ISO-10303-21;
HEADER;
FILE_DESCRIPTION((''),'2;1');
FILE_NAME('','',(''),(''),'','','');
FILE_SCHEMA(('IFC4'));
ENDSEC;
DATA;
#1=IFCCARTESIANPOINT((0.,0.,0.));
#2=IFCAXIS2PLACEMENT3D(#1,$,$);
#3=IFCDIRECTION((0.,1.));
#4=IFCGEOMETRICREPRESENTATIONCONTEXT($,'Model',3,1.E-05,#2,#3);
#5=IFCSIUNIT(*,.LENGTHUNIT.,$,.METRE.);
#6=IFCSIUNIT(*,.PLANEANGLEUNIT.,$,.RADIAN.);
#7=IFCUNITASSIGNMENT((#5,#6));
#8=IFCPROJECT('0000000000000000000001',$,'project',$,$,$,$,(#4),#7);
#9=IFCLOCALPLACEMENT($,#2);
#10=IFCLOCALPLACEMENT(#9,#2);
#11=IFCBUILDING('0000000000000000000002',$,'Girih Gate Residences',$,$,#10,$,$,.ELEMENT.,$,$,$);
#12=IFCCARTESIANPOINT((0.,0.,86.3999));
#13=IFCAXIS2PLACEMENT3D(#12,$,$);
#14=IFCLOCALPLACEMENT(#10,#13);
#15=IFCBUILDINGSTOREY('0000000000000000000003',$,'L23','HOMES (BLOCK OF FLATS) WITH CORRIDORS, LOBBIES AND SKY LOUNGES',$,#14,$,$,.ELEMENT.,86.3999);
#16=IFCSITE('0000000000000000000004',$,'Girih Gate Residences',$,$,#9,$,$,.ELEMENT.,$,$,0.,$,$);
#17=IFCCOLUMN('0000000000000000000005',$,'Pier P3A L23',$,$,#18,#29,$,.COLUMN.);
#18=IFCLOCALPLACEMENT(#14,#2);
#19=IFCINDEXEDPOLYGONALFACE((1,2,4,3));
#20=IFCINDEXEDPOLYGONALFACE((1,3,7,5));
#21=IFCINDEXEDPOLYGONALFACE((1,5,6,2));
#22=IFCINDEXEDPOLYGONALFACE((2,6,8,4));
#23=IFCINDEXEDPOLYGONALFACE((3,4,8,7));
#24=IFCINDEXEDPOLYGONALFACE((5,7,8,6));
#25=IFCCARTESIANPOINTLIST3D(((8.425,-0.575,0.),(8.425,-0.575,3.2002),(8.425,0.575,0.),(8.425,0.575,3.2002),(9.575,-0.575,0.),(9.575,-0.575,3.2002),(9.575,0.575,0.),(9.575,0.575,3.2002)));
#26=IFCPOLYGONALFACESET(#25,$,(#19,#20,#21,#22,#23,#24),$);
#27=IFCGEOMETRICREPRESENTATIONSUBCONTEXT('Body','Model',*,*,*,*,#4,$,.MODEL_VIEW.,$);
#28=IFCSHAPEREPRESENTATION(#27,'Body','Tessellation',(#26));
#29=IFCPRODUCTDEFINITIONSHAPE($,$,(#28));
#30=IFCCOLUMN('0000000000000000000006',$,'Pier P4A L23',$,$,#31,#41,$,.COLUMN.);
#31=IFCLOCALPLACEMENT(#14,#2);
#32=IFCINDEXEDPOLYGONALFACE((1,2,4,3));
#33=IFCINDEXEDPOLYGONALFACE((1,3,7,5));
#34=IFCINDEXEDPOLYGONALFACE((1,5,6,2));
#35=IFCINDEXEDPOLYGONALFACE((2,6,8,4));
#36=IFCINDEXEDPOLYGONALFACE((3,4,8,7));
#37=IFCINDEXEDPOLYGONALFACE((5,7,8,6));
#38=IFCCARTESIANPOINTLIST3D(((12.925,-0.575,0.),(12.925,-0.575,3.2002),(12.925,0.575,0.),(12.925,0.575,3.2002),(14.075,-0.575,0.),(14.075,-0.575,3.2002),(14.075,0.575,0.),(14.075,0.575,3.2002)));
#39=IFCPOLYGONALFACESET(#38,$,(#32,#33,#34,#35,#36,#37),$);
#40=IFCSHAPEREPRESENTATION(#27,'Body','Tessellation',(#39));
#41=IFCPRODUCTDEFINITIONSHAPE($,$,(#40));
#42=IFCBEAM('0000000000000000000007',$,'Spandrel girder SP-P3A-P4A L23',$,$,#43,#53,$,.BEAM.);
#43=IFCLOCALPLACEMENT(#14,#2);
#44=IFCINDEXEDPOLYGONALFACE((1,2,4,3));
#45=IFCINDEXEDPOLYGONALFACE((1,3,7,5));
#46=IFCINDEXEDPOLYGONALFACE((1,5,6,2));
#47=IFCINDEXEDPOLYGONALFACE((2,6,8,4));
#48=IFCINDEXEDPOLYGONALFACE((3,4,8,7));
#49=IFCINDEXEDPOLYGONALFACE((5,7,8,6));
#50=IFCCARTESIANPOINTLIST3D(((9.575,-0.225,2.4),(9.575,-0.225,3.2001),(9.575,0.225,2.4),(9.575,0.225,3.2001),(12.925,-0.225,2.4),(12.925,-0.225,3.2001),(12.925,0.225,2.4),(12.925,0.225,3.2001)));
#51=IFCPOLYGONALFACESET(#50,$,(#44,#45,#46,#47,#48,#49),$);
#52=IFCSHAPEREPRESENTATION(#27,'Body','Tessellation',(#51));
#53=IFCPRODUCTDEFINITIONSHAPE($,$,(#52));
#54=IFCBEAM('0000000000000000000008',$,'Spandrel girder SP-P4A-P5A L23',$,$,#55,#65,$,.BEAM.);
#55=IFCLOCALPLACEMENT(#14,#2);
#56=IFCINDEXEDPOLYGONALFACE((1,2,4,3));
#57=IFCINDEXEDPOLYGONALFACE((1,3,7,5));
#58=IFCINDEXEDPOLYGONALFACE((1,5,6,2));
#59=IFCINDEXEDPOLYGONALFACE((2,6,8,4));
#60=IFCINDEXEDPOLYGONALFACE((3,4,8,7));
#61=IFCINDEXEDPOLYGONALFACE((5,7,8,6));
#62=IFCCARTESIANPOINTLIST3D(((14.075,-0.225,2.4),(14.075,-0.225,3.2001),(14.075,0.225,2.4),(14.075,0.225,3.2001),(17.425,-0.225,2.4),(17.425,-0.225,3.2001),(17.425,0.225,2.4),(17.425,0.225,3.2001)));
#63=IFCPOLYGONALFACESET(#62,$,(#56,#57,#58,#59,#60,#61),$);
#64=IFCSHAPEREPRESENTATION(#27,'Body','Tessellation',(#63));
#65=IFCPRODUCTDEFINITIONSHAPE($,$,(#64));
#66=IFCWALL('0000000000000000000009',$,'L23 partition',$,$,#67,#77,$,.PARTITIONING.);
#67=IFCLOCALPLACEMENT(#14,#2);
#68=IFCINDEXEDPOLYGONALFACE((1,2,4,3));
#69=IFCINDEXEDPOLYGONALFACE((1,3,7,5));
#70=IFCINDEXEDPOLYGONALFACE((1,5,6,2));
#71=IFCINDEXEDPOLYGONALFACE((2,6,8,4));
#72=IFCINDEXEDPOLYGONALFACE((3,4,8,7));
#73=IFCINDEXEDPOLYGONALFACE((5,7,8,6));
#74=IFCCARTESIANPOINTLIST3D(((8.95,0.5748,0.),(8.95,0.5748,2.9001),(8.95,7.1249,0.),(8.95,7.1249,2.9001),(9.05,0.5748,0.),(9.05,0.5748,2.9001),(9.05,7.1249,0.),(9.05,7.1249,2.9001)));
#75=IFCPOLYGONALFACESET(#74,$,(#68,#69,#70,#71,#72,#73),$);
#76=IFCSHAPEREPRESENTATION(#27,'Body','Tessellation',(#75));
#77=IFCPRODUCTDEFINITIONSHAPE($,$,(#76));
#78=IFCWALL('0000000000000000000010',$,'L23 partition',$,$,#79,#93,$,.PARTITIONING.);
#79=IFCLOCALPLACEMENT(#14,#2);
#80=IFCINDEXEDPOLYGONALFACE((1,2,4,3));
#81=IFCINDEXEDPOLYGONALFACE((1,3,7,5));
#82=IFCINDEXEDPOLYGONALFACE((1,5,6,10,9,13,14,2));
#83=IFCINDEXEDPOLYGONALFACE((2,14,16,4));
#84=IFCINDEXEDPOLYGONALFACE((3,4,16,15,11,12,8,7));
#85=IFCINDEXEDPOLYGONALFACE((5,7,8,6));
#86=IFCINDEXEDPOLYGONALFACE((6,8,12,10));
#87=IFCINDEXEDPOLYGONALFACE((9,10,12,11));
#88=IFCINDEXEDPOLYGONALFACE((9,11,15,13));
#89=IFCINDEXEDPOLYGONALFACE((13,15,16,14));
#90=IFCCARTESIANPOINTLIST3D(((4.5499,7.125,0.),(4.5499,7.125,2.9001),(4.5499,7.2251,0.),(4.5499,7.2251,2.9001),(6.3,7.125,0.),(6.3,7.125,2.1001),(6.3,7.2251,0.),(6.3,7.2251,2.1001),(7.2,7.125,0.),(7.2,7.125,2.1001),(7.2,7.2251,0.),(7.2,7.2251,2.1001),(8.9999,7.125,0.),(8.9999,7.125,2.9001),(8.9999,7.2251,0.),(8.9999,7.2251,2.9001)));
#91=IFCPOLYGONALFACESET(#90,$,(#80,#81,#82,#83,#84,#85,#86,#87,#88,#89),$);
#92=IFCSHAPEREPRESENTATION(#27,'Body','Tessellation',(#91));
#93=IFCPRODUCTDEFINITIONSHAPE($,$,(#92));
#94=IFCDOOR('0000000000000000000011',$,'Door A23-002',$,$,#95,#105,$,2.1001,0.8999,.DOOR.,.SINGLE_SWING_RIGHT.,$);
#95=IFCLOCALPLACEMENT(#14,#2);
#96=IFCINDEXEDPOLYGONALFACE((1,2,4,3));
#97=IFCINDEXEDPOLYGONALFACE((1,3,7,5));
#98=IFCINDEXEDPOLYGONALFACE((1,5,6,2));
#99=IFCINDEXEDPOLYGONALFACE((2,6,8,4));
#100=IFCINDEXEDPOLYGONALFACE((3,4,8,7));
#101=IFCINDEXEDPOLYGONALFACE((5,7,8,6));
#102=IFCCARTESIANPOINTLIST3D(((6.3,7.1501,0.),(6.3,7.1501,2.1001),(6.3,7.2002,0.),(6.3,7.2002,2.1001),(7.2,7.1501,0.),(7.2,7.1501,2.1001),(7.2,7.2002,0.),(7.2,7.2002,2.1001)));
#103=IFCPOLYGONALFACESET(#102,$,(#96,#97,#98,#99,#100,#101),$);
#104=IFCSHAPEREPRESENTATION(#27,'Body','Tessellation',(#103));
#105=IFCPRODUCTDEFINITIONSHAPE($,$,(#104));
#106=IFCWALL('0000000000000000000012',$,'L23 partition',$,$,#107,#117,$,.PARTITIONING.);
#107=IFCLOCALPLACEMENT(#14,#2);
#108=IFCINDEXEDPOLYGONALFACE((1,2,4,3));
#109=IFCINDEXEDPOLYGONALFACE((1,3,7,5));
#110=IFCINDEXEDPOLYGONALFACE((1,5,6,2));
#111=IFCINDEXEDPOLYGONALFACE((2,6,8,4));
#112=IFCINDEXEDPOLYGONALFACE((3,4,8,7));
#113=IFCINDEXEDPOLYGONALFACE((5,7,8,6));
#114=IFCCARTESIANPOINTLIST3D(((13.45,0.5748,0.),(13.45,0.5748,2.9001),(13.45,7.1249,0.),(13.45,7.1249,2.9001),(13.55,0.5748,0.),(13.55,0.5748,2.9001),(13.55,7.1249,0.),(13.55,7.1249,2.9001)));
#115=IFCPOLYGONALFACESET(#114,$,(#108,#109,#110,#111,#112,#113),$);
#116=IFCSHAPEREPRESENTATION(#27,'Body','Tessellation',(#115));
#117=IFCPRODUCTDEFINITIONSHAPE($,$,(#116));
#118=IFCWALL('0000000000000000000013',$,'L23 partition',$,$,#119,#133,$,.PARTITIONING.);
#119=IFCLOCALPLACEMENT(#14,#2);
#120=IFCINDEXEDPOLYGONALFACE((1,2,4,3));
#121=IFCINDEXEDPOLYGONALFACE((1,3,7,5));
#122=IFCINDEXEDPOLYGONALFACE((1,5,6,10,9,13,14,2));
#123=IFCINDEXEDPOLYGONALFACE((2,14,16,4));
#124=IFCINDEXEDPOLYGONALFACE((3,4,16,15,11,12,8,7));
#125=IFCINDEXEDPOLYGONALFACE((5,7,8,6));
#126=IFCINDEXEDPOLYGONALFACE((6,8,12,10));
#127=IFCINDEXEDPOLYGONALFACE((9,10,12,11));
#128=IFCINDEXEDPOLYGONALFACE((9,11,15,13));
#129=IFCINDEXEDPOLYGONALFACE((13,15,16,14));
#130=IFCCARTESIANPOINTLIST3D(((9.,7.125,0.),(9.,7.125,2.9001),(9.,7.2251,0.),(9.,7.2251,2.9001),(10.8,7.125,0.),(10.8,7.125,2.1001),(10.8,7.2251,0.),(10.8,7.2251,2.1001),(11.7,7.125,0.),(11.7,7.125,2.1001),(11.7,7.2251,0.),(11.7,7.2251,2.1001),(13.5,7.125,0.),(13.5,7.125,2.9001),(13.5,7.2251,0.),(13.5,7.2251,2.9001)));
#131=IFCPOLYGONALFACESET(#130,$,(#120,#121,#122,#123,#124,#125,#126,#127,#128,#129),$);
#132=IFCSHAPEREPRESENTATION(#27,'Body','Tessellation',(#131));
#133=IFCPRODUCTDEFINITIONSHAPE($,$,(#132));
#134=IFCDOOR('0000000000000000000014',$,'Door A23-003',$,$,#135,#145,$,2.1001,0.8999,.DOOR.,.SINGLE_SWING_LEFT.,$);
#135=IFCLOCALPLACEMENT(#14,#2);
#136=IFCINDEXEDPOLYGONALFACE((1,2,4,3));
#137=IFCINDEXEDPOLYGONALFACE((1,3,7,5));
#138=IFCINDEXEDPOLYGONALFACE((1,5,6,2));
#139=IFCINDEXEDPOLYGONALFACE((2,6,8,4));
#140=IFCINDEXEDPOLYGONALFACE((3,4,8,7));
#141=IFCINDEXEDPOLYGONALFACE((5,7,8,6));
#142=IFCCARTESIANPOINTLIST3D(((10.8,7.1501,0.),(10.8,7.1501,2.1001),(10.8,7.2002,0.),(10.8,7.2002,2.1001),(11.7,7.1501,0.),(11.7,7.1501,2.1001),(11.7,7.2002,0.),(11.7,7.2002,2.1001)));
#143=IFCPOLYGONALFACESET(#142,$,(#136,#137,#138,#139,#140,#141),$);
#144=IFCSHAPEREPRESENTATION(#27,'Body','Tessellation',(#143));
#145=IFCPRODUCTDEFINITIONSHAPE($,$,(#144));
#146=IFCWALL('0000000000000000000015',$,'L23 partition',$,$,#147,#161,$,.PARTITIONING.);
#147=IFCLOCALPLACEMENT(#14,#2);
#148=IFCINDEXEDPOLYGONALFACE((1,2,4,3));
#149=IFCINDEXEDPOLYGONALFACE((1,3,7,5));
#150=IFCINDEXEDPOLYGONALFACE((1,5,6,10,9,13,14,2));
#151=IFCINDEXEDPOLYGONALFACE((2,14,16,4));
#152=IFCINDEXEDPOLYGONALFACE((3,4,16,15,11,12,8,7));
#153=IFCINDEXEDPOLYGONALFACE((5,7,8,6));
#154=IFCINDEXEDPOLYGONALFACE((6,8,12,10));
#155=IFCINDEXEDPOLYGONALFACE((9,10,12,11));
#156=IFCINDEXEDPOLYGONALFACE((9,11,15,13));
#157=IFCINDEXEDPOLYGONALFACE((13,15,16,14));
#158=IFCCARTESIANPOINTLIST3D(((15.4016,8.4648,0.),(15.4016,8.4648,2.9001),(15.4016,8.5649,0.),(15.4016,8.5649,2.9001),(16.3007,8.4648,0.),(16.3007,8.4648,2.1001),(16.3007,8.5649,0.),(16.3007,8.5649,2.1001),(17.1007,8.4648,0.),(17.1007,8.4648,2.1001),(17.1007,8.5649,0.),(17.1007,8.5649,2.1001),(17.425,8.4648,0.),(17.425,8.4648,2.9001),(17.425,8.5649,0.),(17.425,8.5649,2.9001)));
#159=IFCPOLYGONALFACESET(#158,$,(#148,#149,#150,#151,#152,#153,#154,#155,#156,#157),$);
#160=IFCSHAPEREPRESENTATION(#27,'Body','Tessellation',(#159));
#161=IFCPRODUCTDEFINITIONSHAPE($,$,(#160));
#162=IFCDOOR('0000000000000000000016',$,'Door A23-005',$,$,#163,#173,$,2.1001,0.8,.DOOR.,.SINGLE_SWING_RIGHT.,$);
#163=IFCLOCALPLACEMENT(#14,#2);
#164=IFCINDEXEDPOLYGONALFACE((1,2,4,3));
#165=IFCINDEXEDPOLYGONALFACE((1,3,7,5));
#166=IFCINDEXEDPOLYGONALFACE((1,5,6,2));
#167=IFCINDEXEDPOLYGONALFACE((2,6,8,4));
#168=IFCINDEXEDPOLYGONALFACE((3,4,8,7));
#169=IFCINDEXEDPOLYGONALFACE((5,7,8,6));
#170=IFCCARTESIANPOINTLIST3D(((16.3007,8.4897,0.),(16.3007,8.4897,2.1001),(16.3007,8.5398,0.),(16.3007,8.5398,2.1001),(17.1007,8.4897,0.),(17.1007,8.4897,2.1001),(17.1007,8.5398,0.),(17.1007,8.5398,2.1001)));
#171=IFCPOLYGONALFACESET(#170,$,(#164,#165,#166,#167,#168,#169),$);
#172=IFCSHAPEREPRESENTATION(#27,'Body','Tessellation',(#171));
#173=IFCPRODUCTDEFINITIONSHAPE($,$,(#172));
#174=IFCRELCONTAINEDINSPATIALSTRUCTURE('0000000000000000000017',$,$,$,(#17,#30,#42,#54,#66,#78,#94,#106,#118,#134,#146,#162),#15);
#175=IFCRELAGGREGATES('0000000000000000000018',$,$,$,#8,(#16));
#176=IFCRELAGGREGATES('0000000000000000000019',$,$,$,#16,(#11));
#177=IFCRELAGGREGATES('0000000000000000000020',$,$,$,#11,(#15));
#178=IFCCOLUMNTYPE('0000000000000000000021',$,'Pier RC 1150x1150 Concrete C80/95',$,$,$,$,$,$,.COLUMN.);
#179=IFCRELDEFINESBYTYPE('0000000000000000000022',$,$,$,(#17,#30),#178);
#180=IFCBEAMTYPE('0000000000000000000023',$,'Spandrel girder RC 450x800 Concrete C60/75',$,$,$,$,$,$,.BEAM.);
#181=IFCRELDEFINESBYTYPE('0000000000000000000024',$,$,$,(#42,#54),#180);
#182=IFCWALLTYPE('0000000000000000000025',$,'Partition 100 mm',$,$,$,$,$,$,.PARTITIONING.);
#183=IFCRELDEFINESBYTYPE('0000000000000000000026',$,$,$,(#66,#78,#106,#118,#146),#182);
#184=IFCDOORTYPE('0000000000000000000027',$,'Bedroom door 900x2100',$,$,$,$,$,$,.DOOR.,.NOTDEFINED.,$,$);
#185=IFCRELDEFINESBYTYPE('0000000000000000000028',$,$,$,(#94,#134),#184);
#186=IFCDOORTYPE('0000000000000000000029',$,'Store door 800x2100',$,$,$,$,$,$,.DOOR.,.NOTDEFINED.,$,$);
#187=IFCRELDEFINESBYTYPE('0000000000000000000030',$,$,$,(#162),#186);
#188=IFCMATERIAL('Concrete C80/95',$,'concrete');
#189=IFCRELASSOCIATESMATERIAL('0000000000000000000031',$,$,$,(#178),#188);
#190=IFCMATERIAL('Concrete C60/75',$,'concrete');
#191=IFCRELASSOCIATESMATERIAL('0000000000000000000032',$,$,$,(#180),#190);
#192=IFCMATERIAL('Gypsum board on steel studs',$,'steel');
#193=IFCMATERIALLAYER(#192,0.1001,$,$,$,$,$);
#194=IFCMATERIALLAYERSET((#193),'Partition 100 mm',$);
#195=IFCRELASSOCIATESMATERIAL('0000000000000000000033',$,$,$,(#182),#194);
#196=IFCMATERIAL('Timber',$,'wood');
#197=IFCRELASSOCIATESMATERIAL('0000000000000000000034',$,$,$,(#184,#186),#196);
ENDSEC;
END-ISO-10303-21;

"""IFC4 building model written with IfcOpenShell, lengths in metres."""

from ifc_helpers import new_model, si_unit, direction, frame, frame_2d, origin, origin_2d, place, context, subcontext, project, spatial, rectangle, extrude, material, layer, layer_set, material_profile, profile_set, type_object, element, fill, save


model = new_model("IFC4")

# Units and contexts
model_context = context("Model", 3, precision=1e-05, world=origin(), true_north=direction((0.0, 1.0)))
body_context = subcontext(model_context, "Body", "Model", "MODEL_VIEW")
ifc_project = project(units=[si_unit("LENGTHUNIT", "METRE"), si_unit("PLANEANGLEUNIT", "RADIAN")], contexts=[model_context])

# Site, building, storey
site_placement = place(None, origin())
site = spatial("IfcSite", under=ifc_project, at=site_placement, Name="Girih Gate Residences", CompositionType="ELEMENT", RefElevation=0.0)
building_placement = place(site_placement, origin())
building = spatial("IfcBuilding", under=site, at=building_placement, Name="Girih Gate Residences", CompositionType="ELEMENT")
storey_placement = place(building_placement, frame((0.0, 0.0, 86.3999)))
storey = spatial("IfcBuildingStorey", under=building, at=storey_placement, Name="L23", Description="HOMES (BLOCK OF FLATS) WITH CORRIDORS, LOBBIES AND SKY LOUNGES", CompositionType="ELEMENT", Elevation=86.3999)

# Columns
ifc_material_1 = material(Name="Concrete C80/95", Category="concrete")
ifc_material_profile_1 = material_profile(ifc_material_1, rectangle(XDim=1.1499, YDim=1.1499, at=origin_2d()))
ifc_profile_set_1 = profile_set([ifc_material_profile_1], Name="Concrete C80/95")
column_type = type_object("IfcColumnType", Name="Pier RC 1150x1150 Concrete C80/95", PredefinedType="COLUMN", material=ifc_profile_set_1)
for number, where, z_axis, x_axis, name in (
    (1, (9.0, 0.0, 0.0), (0.0, 0.0, 1.0), (1.0, 0.0, 0.0), "Pier P3A L23"),
    (2, (13.5, 0.0, 0.0), (0.0, 0.0, 1.0), (1.0, 0.0, 0.0), "Pier P4A L23"),
):
    element("IfcColumn", number, at=place(storey_placement, frame(where, z_axis=z_axis, x_axis=x_axis)), inside=storey, type_object=column_type, Name=name, PredefinedType="COLUMN", context=body_context, shape_type="SweptSolid", body=[
        extrude(rectangle(XDim=1.1499, YDim=1.1499, at=origin_2d()), origin(), (0.0, 0.0, 1.0), 3.2002),
    ])

# Beams
ifc_material_2 = material(Name="Concrete C60/75", Category="concrete")
ifc_material_profile_2 = material_profile(ifc_material_2, rectangle(XDim=0.45, YDim=0.8, at=origin_2d()))
ifc_profile_set_2 = profile_set([ifc_material_profile_2], Name="Concrete C60/75")
beam_type = type_object("IfcBeamType", Name="Spandrel girder RC 450x800 Concrete C60/75", PredefinedType="BEAM", material=ifc_profile_set_2)
for number, where, z_axis, x_axis, name in (
    (3, (9.575, 0.0, 2.8), (1.0, 0.0, 0.0), (0.0, 1.0, 0.0), "Spandrel girder SP-P3A-P4A L23"),
    (4, (14.075, 0.0, 2.8), (1.0, 0.0, 0.0), (0.0, 1.0, 0.0), "Spandrel girder SP-P4A-P5A L23"),
):
    element("IfcBeam", number, at=place(storey_placement, frame(where, z_axis=z_axis, x_axis=x_axis)), inside=storey, type_object=beam_type, Name=name, PredefinedType="BEAM", context=body_context, shape_type="SweptSolid", body=[
        extrude(rectangle(XDim=0.45, YDim=0.8, at=origin_2d()), origin(), (0.0, 0.0, 1.0), 3.3501),
    ])

# Wall
ifc_material_3 = material(Name="Gypsum board on steel studs", Category="steel")
ifc_layer_1 = layer(ifc_material_3, 0.1001)
ifc_layer_set_1 = layer_set([ifc_layer_1], Name="Partition 100 mm")
wall_type_1 = type_object("IfcWallType", Name="Partition 100 mm", PredefinedType="PARTITIONING", material=ifc_layer_set_1)
wall_1_placement = place(storey_placement, frame((9.0, 0.575, 0.0), z_axis=(0.0, 0.0, 1.0), x_axis=(0.0, 1.0, 0.0)))
element("IfcWall", 5, at=wall_1_placement, inside=storey, type_object=wall_type_1, Name="L23 partition", PredefinedType="PARTITIONING", context=body_context, shape_type="SweptSolid", body=[
    extrude(rectangle(XDim=6.55, YDim=0.1001, at=frame_2d((3.2749, 0.0))), origin(), (0.0, 0.0, 1.0), 2.9001),
])

# Wall, opening, door
wall_2_placement = place(storey_placement, frame((9.0, 7.175, 0.0), z_axis=(0.0, 0.0, 1.0), x_axis=(-1.0, 0.0, 0.0)))
wall_2 = element("IfcWall", 6, at=wall_2_placement, inside=storey, type_object=wall_type_1, Name="L23 partition", PredefinedType="PARTITIONING", context=body_context, shape_type="SweptSolid", body=[
    extrude(rectangle(XDim=4.45, YDim=0.1001, at=frame_2d((2.2251, 0.0))), origin(), (0.0, 0.0, 1.0), 2.9001),
])
opening_1_placement = place(wall_2_placement, frame((1.8, 0.0, 0.0)))
opening_1 = element("IfcOpeningElement", 7, at=opening_1_placement, cuts=wall_2, PredefinedType="OPENING", context=body_context, shape_type="SweptSolid", body=[
    extrude(rectangle(XDim=0.8999, YDim=2.1001, at=frame_2d((0.45, 1.05))), frame((0.0, 0.0601, 0.0), z_axis=(0.0, -1.0, 0.0), x_axis=(1.0, 0.0, 0.0)), (0.0, 0.0, 1.0), 0.1201),
])
ifc_material_4 = material(Name="Timber", Category="wood")
door_type_1 = type_object("IfcDoorType", Name="Bedroom door 900x2100", OperationType="NOTDEFINED", PredefinedType="DOOR", material=ifc_material_4)
door_1_placement = place(opening_1_placement, origin())
door_1 = element("IfcDoor", 8, at=door_1_placement, inside=storey, type_object=door_type_1, Name="Door A23-002", OperationType="SINGLE_SWING_RIGHT", OverallHeight=2.1001, OverallWidth=0.8999, PredefinedType="DOOR", context=body_context, shape_type="SweptSolid", body=[
    extrude(rectangle(XDim=0.8999, YDim=2.1001, at=frame_2d((0.45, 1.05))), frame((0.0, 0.0249, 0.0), z_axis=(0.0, -1.0, 0.0), x_axis=(1.0, 0.0, 0.0)), (0.0, 0.0, 1.0), 0.05),
])
fill(opening_1, door_1)

# Wall
wall_3_placement = place(storey_placement, frame((13.5, 0.575, 0.0), z_axis=(0.0, 0.0, 1.0), x_axis=(0.0, 1.0, 0.0)))
element("IfcWall", 9, at=wall_3_placement, inside=storey, type_object=wall_type_1, Name="L23 partition", PredefinedType="PARTITIONING", context=body_context, shape_type="SweptSolid", body=[
    extrude(rectangle(XDim=6.55, YDim=0.1001, at=frame_2d((3.2749, 0.0))), origin(), (0.0, 0.0, 1.0), 2.9001),
])

# Walls, openings, doors
wall_4_placement = place(storey_placement, frame((13.5, 7.175, 0.0), z_axis=(0.0, 0.0, 1.0), x_axis=(-1.0, 0.0, 0.0)))
wall_4 = element("IfcWall", 10, at=wall_4_placement, inside=storey, type_object=wall_type_1, Name="L23 partition", PredefinedType="PARTITIONING", context=body_context, shape_type="SweptSolid", body=[
    extrude(rectangle(XDim=4.5, YDim=0.1001, at=frame_2d((2.25, 0.0))), origin(), (0.0, 0.0, 1.0), 2.9001),
])
opening_2_placement = place(wall_4_placement, frame((1.8, 0.0, 0.0)))
opening_2 = element("IfcOpeningElement", 11, at=opening_2_placement, cuts=wall_4, PredefinedType="OPENING", context=body_context, shape_type="SweptSolid", body=[
    extrude(rectangle(XDim=0.8999, YDim=2.1001, at=frame_2d((0.45, 1.05))), frame((0.0, 0.0601, 0.0), z_axis=(0.0, -1.0, 0.0), x_axis=(1.0, 0.0, 0.0)), (0.0, 0.0, 1.0), 0.1201),
])
door_2_placement = place(opening_2_placement, origin())
door_2 = element("IfcDoor", 12, at=door_2_placement, inside=storey, type_object=door_type_1, Name="Door A23-003", OperationType="SINGLE_SWING_LEFT", OverallHeight=2.1001, OverallWidth=0.8999, PredefinedType="DOOR", context=body_context, shape_type="SweptSolid", body=[
    extrude(rectangle(XDim=0.8999, YDim=2.1001, at=frame_2d((0.45, 1.05))), frame((0.0, 0.0249, 0.0), z_axis=(0.0, -1.0, 0.0), x_axis=(1.0, 0.0, 0.0)), (0.0, 0.0, 1.0), 0.05),
])
fill(opening_2, door_2)
wall_5_placement = place(storey_placement, frame((15.4016, 8.5149, 0.0), z_axis=(0.0, 0.0, 1.0), x_axis=(1.0, 0.0, 0.0)))
wall_5 = element("IfcWall", 13, at=wall_5_placement, inside=storey, type_object=wall_type_1, Name="L23 partition", PredefinedType="PARTITIONING", context=body_context, shape_type="SweptSolid", body=[
    extrude(rectangle(XDim=2.0234, YDim=0.1001, at=frame_2d((1.0117, 0.0))), origin(), (0.0, 0.0, 1.0), 2.9001),
])
opening_3_placement = place(wall_5_placement, frame((0.8992, 0.0, 0.0)))
opening_3 = element("IfcOpeningElement", 14, at=opening_3_placement, cuts=wall_5, PredefinedType="OPENING", context=body_context, shape_type="SweptSolid", body=[
    extrude(rectangle(XDim=0.8, YDim=2.1001, at=frame_2d((0.3999, 1.05))), frame((0.0, 0.0601, 0.0), z_axis=(0.0, -1.0, 0.0), x_axis=(1.0, 0.0, 0.0)), (0.0, 0.0, 1.0), 0.1201),
])
door_type_2 = type_object("IfcDoorType", Name="Store door 800x2100", OperationType="NOTDEFINED", PredefinedType="DOOR", material=ifc_material_4)
door_3_placement = place(opening_3_placement, origin())
door_3 = element("IfcDoor", 15, at=door_3_placement, inside=storey, type_object=door_type_2, Name="Door A23-005", OperationType="SINGLE_SWING_RIGHT", OverallHeight=2.1001, OverallWidth=0.8, PredefinedType="DOOR", context=body_context, shape_type="SweptSolid", body=[
    extrude(rectangle(XDim=0.8, YDim=2.1001, at=frame_2d((0.3999, 1.05))), frame((0.0, 0.0249, 0.0), z_axis=(0.0, -1.0, 0.0), x_axis=(1.0, 0.0, 0.0)), (0.0, 0.0, 1.0), 0.05),
])
fill(opening_3, door_3)

save(model, "model.ifc")
